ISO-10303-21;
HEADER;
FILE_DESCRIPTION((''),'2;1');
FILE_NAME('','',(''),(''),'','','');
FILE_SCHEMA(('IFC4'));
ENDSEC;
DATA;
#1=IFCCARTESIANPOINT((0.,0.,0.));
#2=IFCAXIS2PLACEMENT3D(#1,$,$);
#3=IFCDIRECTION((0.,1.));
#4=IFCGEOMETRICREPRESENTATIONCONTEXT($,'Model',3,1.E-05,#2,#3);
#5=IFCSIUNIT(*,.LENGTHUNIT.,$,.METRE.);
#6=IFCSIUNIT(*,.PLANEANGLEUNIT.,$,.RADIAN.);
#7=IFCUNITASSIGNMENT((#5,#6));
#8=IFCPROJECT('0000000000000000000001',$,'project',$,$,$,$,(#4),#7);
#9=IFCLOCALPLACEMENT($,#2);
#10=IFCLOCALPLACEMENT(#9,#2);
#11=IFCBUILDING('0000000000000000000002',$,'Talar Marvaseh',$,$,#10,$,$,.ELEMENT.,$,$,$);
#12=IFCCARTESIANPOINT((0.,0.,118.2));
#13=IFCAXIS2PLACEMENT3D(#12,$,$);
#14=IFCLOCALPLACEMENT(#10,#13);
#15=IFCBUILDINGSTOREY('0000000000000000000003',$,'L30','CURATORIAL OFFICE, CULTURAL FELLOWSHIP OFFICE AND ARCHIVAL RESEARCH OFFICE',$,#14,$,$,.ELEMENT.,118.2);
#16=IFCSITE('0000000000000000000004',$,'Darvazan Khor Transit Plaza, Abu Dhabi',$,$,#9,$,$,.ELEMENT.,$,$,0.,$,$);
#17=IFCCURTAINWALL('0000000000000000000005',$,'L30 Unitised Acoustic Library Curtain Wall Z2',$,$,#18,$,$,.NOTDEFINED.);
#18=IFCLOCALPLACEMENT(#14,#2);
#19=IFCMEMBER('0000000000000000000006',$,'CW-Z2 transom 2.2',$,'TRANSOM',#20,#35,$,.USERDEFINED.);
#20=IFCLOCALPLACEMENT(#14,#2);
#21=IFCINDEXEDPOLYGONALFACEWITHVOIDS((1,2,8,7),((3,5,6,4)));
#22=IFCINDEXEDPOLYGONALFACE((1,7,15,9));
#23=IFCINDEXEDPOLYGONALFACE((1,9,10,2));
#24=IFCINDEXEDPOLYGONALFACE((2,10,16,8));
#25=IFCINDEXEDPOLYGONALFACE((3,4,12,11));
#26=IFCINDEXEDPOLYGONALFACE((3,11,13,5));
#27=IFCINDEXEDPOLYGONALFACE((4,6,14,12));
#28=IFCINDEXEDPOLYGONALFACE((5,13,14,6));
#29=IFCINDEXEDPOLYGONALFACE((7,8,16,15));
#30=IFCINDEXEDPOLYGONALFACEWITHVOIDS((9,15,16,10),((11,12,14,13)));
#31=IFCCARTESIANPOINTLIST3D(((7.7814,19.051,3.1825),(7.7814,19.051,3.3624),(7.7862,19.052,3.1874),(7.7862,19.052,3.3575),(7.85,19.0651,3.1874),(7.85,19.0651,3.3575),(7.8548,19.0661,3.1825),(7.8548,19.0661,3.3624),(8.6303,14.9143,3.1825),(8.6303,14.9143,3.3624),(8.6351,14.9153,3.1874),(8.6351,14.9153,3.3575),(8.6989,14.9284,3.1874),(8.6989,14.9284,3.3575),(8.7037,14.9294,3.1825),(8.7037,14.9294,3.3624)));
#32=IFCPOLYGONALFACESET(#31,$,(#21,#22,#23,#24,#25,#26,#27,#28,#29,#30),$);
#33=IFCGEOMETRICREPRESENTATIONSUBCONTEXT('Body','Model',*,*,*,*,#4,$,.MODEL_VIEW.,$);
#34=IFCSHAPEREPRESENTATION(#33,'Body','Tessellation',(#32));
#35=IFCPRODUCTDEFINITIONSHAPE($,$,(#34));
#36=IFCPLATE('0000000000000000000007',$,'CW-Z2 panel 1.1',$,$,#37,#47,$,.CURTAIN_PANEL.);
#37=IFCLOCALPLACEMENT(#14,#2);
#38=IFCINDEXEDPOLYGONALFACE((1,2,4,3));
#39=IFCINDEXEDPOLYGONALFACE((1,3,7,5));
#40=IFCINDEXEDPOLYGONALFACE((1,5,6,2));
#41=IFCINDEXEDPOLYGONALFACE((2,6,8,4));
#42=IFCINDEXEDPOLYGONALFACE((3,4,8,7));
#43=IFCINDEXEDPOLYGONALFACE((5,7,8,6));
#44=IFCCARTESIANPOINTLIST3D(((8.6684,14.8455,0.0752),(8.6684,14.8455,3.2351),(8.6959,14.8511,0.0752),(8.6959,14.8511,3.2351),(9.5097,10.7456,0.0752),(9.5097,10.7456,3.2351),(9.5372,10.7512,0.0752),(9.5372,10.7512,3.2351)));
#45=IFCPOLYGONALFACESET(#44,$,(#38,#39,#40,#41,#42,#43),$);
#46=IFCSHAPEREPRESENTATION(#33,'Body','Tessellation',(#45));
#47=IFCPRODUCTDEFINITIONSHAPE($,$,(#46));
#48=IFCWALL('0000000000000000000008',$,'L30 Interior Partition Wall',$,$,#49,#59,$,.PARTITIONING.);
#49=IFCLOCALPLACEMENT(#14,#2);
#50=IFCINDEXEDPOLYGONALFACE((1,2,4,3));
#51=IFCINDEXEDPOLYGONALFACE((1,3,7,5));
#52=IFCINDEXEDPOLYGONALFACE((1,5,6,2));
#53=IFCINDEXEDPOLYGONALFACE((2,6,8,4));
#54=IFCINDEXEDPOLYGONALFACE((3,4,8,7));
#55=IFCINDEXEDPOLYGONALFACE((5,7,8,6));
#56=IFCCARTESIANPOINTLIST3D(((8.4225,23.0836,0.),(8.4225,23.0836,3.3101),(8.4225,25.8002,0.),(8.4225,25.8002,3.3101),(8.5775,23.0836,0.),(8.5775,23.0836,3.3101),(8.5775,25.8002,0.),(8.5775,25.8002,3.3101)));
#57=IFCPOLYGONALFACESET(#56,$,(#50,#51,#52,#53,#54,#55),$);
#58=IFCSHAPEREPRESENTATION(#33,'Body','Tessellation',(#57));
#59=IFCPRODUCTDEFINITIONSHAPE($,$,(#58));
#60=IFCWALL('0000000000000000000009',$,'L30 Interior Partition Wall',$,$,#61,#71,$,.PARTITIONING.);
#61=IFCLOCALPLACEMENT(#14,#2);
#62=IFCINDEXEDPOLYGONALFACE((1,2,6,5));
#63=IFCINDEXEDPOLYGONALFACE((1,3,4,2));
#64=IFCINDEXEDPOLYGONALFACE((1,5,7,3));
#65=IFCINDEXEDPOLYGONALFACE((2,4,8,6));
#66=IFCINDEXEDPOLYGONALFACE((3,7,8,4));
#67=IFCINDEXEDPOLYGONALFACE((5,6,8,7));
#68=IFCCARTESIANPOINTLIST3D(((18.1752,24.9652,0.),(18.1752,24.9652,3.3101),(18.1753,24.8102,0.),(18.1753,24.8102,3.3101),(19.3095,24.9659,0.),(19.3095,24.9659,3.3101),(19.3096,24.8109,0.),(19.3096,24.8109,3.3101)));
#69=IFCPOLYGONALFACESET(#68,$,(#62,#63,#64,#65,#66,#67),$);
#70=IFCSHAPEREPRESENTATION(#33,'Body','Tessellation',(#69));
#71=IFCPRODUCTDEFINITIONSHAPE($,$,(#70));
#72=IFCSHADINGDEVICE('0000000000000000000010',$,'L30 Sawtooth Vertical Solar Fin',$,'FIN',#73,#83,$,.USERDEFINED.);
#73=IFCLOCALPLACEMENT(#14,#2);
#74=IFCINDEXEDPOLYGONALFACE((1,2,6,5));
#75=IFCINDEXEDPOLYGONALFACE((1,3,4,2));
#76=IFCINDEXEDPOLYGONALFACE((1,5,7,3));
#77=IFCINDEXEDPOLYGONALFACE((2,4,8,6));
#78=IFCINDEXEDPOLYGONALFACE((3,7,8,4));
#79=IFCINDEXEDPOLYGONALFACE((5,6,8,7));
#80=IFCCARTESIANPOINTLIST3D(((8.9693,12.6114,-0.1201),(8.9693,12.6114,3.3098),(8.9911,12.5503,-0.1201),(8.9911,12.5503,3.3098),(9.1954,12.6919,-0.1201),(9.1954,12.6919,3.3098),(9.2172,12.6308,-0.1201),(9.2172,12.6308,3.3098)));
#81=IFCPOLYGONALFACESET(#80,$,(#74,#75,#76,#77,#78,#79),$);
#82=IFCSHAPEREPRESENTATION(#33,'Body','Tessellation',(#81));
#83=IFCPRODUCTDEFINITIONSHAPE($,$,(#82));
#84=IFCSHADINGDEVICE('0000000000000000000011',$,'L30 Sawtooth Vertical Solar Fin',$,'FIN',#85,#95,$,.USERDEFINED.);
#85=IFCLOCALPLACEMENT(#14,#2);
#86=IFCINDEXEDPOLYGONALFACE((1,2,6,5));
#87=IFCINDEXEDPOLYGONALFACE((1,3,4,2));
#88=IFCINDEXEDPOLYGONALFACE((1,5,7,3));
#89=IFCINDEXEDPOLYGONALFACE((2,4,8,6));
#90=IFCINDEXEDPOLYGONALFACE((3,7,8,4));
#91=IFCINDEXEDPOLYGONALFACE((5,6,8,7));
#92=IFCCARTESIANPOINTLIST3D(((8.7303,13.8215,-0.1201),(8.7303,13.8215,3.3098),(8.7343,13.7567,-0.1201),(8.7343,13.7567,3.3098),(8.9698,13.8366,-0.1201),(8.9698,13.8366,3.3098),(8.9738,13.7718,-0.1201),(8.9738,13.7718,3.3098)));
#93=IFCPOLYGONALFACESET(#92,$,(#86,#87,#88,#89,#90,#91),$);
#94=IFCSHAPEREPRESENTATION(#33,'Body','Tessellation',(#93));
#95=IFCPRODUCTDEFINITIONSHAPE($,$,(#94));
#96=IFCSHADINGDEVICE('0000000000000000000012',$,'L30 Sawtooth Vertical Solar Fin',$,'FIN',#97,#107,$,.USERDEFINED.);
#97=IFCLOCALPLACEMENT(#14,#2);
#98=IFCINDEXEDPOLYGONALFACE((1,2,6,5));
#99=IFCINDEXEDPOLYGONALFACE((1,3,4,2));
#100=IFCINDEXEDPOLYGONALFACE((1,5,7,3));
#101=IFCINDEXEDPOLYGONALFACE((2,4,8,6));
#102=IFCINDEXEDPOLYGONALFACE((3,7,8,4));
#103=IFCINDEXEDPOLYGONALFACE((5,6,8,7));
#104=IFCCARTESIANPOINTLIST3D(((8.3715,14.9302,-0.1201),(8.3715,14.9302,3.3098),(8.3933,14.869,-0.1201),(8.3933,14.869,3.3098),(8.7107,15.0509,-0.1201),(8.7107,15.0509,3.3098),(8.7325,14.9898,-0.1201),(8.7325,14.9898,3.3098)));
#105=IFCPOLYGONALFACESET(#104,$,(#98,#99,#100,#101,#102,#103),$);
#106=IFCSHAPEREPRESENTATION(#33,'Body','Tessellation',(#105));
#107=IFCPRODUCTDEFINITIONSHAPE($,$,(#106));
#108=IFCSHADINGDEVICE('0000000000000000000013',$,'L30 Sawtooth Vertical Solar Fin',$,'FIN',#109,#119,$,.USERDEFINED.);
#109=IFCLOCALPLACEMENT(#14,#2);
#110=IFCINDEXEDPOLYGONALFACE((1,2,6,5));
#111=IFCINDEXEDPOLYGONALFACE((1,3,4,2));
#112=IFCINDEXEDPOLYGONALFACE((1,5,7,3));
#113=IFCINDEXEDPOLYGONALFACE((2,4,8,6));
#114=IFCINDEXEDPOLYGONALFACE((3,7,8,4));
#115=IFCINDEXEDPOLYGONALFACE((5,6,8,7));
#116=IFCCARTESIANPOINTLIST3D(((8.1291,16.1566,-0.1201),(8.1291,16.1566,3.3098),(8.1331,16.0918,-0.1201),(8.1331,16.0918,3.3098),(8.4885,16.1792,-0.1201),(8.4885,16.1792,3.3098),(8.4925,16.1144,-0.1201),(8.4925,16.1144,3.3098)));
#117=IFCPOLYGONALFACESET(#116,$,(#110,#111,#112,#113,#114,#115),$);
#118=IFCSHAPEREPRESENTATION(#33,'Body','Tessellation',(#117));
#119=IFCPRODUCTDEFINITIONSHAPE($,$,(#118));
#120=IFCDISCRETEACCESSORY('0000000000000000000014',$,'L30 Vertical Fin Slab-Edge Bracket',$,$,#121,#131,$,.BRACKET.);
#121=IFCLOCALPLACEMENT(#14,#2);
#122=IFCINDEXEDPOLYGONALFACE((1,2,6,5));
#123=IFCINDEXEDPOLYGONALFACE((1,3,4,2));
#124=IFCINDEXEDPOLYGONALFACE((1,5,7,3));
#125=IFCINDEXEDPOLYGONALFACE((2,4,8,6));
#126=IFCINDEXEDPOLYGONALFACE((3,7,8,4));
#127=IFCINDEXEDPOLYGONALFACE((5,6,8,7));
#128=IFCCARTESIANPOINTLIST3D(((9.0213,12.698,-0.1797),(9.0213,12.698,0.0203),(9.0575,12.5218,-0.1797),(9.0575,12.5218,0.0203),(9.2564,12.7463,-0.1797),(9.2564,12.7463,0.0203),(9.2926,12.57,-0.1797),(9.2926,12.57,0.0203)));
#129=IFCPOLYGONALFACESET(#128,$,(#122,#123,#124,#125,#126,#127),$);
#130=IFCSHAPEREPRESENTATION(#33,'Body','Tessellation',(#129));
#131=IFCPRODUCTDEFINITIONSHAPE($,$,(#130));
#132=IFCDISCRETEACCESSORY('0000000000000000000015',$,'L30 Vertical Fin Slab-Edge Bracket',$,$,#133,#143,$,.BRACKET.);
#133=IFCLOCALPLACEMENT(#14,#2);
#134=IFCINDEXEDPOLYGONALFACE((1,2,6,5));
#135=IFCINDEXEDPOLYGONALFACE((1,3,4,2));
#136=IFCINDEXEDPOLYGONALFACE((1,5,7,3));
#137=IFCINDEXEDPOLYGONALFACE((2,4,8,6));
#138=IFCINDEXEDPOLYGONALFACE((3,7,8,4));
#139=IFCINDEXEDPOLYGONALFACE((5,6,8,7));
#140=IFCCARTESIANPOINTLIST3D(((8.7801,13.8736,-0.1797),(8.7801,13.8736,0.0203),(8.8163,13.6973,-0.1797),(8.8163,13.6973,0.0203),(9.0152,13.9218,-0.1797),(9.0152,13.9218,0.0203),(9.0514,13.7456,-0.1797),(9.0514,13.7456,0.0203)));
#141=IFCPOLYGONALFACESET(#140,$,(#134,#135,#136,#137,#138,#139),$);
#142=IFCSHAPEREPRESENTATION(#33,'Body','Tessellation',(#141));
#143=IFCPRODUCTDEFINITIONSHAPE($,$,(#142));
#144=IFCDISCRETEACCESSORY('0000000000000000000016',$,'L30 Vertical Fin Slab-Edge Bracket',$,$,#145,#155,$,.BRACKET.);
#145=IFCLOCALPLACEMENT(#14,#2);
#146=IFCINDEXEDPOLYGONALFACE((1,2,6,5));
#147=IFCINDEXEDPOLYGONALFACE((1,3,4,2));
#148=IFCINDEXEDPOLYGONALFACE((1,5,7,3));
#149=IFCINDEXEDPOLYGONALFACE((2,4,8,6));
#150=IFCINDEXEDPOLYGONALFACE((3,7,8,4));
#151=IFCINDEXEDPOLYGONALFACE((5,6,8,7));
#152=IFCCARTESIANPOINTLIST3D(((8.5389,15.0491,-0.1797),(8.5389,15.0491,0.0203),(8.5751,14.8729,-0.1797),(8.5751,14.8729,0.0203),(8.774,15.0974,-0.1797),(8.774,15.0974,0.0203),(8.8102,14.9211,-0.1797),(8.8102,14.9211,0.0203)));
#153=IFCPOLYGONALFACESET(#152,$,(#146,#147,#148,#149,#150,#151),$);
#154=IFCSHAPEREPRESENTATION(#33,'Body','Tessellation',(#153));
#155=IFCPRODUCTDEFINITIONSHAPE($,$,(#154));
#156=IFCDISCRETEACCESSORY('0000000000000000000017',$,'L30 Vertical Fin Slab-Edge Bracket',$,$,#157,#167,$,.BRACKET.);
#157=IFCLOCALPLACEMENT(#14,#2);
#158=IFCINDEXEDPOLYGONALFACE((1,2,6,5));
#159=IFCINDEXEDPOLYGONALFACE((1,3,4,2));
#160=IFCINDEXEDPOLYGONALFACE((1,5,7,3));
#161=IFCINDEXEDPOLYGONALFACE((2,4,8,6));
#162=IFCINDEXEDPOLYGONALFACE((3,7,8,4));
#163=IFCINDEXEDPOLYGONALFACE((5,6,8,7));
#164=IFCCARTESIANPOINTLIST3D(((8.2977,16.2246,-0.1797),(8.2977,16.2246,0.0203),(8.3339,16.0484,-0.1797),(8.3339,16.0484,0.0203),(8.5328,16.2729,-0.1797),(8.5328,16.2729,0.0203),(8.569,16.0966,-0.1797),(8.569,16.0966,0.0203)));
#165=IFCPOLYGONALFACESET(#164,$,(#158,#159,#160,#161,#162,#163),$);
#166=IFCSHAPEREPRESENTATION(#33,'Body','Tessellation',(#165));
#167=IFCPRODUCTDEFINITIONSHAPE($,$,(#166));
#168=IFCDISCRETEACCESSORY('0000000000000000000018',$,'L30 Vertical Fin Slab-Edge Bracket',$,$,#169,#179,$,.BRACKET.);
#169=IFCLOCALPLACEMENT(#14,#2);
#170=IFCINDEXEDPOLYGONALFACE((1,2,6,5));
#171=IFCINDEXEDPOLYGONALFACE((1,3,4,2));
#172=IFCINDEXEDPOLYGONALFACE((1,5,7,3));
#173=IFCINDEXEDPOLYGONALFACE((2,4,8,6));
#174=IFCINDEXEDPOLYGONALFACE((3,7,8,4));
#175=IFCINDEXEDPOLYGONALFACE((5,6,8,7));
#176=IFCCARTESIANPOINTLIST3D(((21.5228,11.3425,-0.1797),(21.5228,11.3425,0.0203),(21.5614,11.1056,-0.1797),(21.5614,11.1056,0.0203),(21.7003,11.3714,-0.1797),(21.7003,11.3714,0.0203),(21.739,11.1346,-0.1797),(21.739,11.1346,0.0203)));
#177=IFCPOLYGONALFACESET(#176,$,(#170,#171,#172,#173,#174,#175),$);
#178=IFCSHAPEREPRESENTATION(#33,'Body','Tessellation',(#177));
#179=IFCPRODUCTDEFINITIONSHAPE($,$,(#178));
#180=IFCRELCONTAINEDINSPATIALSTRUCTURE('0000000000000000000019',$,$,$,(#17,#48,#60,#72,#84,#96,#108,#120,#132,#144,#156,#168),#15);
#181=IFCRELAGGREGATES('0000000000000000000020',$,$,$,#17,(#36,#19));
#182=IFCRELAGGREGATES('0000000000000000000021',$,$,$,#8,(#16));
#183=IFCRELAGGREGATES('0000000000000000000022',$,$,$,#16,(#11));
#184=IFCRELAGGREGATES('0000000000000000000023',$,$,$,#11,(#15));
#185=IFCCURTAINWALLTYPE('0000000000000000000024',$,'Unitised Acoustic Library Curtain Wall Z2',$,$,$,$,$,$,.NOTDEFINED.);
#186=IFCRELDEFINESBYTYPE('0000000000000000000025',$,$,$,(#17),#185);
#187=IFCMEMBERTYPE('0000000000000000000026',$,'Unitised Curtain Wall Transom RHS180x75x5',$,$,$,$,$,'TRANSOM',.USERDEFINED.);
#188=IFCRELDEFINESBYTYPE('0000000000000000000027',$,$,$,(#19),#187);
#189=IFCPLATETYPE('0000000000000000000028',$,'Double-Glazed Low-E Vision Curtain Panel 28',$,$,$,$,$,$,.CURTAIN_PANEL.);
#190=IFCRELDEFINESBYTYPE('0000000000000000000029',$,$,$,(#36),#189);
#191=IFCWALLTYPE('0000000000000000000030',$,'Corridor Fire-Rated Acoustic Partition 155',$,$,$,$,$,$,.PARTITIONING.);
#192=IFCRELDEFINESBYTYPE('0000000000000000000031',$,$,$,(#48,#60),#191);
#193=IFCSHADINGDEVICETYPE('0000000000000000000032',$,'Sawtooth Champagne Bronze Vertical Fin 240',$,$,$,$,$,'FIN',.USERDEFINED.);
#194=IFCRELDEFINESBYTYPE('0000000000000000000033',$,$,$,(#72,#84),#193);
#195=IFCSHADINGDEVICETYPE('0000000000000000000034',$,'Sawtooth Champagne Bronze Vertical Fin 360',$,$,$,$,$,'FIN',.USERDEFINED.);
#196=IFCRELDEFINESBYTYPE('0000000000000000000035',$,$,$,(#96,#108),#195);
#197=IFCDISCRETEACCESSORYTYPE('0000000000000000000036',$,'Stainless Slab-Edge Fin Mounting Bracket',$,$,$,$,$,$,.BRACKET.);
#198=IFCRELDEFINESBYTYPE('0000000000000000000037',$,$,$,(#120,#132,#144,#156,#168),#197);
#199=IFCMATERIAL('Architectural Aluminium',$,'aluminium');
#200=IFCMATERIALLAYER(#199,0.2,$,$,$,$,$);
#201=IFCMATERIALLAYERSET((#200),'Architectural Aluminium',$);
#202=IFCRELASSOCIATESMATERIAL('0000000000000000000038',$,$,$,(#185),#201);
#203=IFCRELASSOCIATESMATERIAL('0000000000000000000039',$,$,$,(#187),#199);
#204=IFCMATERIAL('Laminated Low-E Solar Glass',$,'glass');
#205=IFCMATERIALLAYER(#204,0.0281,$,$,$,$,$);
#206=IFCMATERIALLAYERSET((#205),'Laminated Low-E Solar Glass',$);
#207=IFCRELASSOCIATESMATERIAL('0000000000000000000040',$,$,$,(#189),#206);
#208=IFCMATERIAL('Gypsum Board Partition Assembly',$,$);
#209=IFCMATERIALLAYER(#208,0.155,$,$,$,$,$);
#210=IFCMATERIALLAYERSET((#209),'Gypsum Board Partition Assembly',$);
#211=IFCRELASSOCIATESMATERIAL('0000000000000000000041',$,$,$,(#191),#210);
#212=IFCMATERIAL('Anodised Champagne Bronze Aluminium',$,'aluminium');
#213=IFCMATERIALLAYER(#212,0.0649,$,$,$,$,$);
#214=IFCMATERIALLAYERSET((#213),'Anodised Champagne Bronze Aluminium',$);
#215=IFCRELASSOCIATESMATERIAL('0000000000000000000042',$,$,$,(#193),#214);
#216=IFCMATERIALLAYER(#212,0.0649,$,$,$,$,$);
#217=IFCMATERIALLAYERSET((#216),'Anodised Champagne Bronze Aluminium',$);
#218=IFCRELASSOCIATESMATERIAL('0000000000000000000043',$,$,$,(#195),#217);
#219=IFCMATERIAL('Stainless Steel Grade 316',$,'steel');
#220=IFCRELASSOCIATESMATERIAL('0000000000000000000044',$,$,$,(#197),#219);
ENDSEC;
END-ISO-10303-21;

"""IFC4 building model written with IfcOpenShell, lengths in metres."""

from ifc_helpers import new_model, si_unit, direction, frame, frame_2d, origin, origin_2d, place, context, subcontext, project, spatial, rectangle, hollow_rectangle, extrude, source, transform, mapped, material, layer, layer_set, material_profile, profile_set, type_object, type_shapes, element, aggregate, save


model = new_model("IFC4")

# Units and contexts
model_context = context("Model", 3, precision=1e-05, world=origin(), true_north=direction((0.0, 1.0)))
body_context = subcontext(model_context, "Body", "Model", "MODEL_VIEW")
ifc_project = project(units=[si_unit("LENGTHUNIT", "METRE"), si_unit("PLANEANGLEUNIT", "RADIAN")], contexts=[model_context])

# Site, building, storey
site_placement = place(None, origin())
site = spatial("IfcSite", under=ifc_project, at=site_placement, Name="Darvazan Khor Transit Plaza, Abu Dhabi", CompositionType="ELEMENT", RefElevation=0.0)
building_placement = place(site_placement, origin())
building = spatial("IfcBuilding", under=site, at=building_placement, Name="Talar Marvaseh", CompositionType="ELEMENT")
storey_placement = place(building_placement, frame((0.0, 0.0, 118.2)))
storey = spatial("IfcBuildingStorey", under=building, at=storey_placement, Name="L30", Description="CURATORIAL OFFICE, CULTURAL FELLOWSHIP OFFICE AND ARCHIVAL RESEARCH OFFICE", CompositionType="ELEMENT", Elevation=118.2)

# Curtain wall, member, plate
ifc_material_1 = material(Name="Architectural Aluminium", Category="aluminium")
ifc_layer_1 = layer(ifc_material_1, 0.2)
ifc_layer_set_1 = layer_set([ifc_layer_1], Name="Architectural Aluminium")
curtain_wall_type = type_object("IfcCurtainWallType", Name="Unitised Acoustic Library Curtain Wall Z2", PredefinedType="NOTDEFINED", material=ifc_layer_set_1)
curtain_wall_placement = place(storey_placement, origin())
curtain_wall = element("IfcCurtainWall", 1, at=curtain_wall_placement, inside=storey, type_object=curtain_wall_type, Name="L30 Unitised Acoustic Library Curtain Wall Z2", PredefinedType="NOTDEFINED")
ifc_material_profile_1 = material_profile(ifc_material_1, hollow_rectangle(XDim=0.075, YDim=0.1799, WallThickness=0.0049, at=origin_2d()), Name="RHS180x75x5")
ifc_profile_set_1 = profile_set([ifc_material_profile_1], Name="Architectural Aluminium")
member_type_1 = type_object("IfcMemberType", Name="Unitised Curtain Wall Transom RHS180x75x5", ElementType="TRANSOM", PredefinedType="USERDEFINED", material=ifc_profile_set_1)
shared_shape_1 = source(origin(), body_context, "Body", "SweptSolid", [
    extrude(hollow_rectangle(XDim=0.075, YDim=0.1799, WallThickness=0.0049, at=origin_2d()), origin(), (0.0, 0.0, 1.0), 4.2229),
])
type_shapes(member_type_1, [shared_shape_1])
member_1_placement = place(storey_placement, frame((8.667, 14.9219, 3.2725), z_axis=(-0.201017, 0.979588, 0.0), x_axis=(-0.979588, -0.201017, 0.0)))
member_1 = element("IfcMember", 2, at=member_1_placement, type_object=member_type_1, Name="CW-Z2 transom 2.2", ObjectType="TRANSOM", PredefinedType="USERDEFINED", context=body_context, shape_type="MappedRepresentation", body=[
    mapped(shared_shape_1, transform((0.0, 0.0, 0.0), x_axis=(1.0, 0.0, 0.0), y_axis=(0.0, 1.0, 0.0), z_axis=(0.0, 0.0, 1.0), scale=1.0)),
])
ifc_material_2 = material(Name="Laminated Low-E Solar Glass", Category="glass")
ifc_layer_2 = layer(ifc_material_2, 0.0281)
ifc_layer_set_2 = layer_set([ifc_layer_2], Name="Laminated Low-E Solar Glass")
plate_type = type_object("IfcPlateType", Name="Double-Glazed Low-E Vision Curtain Panel 28", PredefinedType="CURTAIN_PANEL", material=ifc_layer_set_2)
shared_shape_2 = source(origin(), body_context, "Body", "SweptSolid", [
    extrude(rectangle(XDim=4.1853, YDim=0.0281, at=origin_2d()), origin(), (0.0, 0.0, 1.0), 3.1599),
])
type_shapes(plate_type, [shared_shape_2])
plate_placement = place(storey_placement, frame((9.1028, 12.7983, 0.0752), z_axis=(0.0, 0.0, 1.0), x_axis=(-0.201011, 0.979589, 0.0)))
plate = element("IfcPlate", 3, at=plate_placement, type_object=plate_type, Name="CW-Z2 panel 1.1", PredefinedType="CURTAIN_PANEL", context=body_context, shape_type="MappedRepresentation", body=[
    mapped(shared_shape_2, transform((0.0, 0.0, 0.0), x_axis=(1.0, 0.0, 0.0), y_axis=(0.0, 1.0, 0.0), z_axis=(0.0, 0.0, 1.0), scale=1.0)),
])
aggregate(curtain_wall, [plate, member_1])

# Walls
ifc_material_3 = material(Name="Gypsum Board Partition Assembly")
ifc_layer_3 = layer(ifc_material_3, 0.155)
ifc_layer_set_3 = layer_set([ifc_layer_3], Name="Gypsum Board Partition Assembly")
wall_type = type_object("IfcWallType", Name="Corridor Fire-Rated Acoustic Partition 155", PredefinedType="PARTITIONING", material=ifc_layer_set_3)
wall_1_placement = place(storey_placement, frame((8.5, 23.0835, 0.0), z_axis=(0.0, 0.0, 1.0), x_axis=(0.0, 1.0, 0.0)))
element("IfcWall", 4, at=wall_1_placement, inside=storey, type_object=wall_type, Name="L30 Interior Partition Wall", PredefinedType="PARTITIONING", context=body_context, shape_type="SweptSolid", body=[
    extrude(rectangle(XDim=2.7166, YDim=0.155, at=frame_2d((1.3584, 0.0))), origin(), (0.0, 0.0, 1.0), 3.3101),
])
wall_2_placement = place(storey_placement, frame((18.1753, 24.8877, 0.0), z_axis=(0.0, 0.0, 1.0), x_axis=(1.0, 0.000646, 0.0)))
element("IfcWall", 5, at=wall_2_placement, inside=storey, type_object=wall_type, Name="L30 Interior Partition Wall", PredefinedType="PARTITIONING", context=body_context, shape_type="SweptSolid", body=[
    extrude(rectangle(XDim=1.1343, YDim=0.155, at=frame_2d((0.5671, 0.0))), origin(), (0.0, 0.0, 1.0), 3.3101),
])

# Shading devices
ifc_material_4 = material(Name="Anodised Champagne Bronze Aluminium", Category="aluminium")
ifc_layer_4 = layer(ifc_material_4, 0.0649)
ifc_layer_set_4 = layer_set([ifc_layer_4], Name="Anodised Champagne Bronze Aluminium")
shading_device_type_1 = type_object("IfcShadingDeviceType", Name="Sawtooth Champagne Bronze Vertical Fin 240", ElementType="FIN", PredefinedType="USERDEFINED", material=ifc_layer_set_4)
shared_shape_3 = source(origin(), body_context, "Body", "SweptSolid", [
    extrude(rectangle(XDim=0.24, YDim=0.0649, at=origin_2d()), origin(), (0.0, 0.0, 1.0), 3.4299),
])
type_shapes(shading_device_type_1, [shared_shape_3])
for number, where, z_axis, x_axis, name in (
    (6, (9.0933, 12.6211, -0.1201), (0.0, 0.0, 1.0), (-0.942057, -0.335452, 0.0), "L30 Sawtooth Vertical Solar Fin"),
    (7, (8.8521, 13.7966, -0.1201), (0.0, 0.0, 1.0), (-0.998027, -0.062791, 0.0), "L30 Sawtooth Vertical Solar Fin"),
):
    element("IfcShadingDevice", number, at=place(storey_placement, frame(where, z_axis=z_axis, x_axis=x_axis)), inside=storey, type_object=shading_device_type_1, Name=name, ObjectType="FIN", PredefinedType="USERDEFINED", context=body_context, shape_type="MappedRepresentation", body=[
        mapped(shared_shape_3, transform((0.0, 0.0, 0.0), x_axis=(1.0, 0.0, 0.0), y_axis=(0.0, 1.0, 0.0), z_axis=(0.0, 0.0, 1.0), scale=1.0)),
    ])
ifc_layer_5 = layer(ifc_material_4, 0.0649)
ifc_layer_set_5 = layer_set([ifc_layer_5], Name="Anodised Champagne Bronze Aluminium")
shading_device_type_2 = type_object("IfcShadingDeviceType", Name="Sawtooth Champagne Bronze Vertical Fin 360", ElementType="FIN", PredefinedType="USERDEFINED", material=ifc_layer_set_5)
shared_shape_4 = source(origin(), body_context, "Body", "SweptSolid", [
    extrude(rectangle(XDim=0.3601, YDim=0.0649, at=origin_2d()), origin(), (0.0, 0.0, 1.0), 3.4299),
])
type_shapes(shading_device_type_2, [shared_shape_4])
for number, where, z_axis, x_axis, name in (
    (8, (8.552, 14.96, -0.1201), (0.0, 0.0, 1.0), (-0.942057, -0.335452, 0.0), "L30 Sawtooth Vertical Solar Fin"),
    (9, (8.3108, 16.1355, -0.1201), (0.0, 0.0, 1.0), (-0.998027, -0.062791, 0.0), "L30 Sawtooth Vertical Solar Fin"),
):
    element("IfcShadingDevice", number, at=place(storey_placement, frame(where, z_axis=z_axis, x_axis=x_axis)), inside=storey, type_object=shading_device_type_2, Name=name, ObjectType="FIN", PredefinedType="USERDEFINED", context=body_context, shape_type="MappedRepresentation", body=[
        mapped(shared_shape_4, transform((0.0, 0.0, 0.0), x_axis=(1.0, 0.0, 0.0), y_axis=(0.0, 1.0, 0.0), z_axis=(0.0, 0.0, 1.0), scale=1.0)),
    ])

# Discrete accessories
ifc_material_5 = material(Name="Stainless Steel Grade 316", Category="steel")
discrete_accessory_type = type_object("IfcDiscreteAccessoryType", Name="Stainless Slab-Edge Fin Mounting Bracket", PredefinedType="BRACKET", material=ifc_material_5)
shared_shape_5 = source(origin(), body_context, "Body", "SweptSolid", [
    extrude(rectangle(XDim=0.24, YDim=0.1799, at=origin_2d()), origin(), (0.0, 0.0, 1.0), 0.2),
])
type_shapes(discrete_accessory_type, [shared_shape_5])
for number, where, z_axis, x_axis, name in (
    (10, (9.157, 12.634, -0.1797), (0.0, 0.0, 1.0), (-0.979575, -0.201078, 0.0), "L30 Vertical Fin Slab-Edge Bracket"),
    (11, (8.9158, 13.8096, -0.1797), (0.0, 0.0, 1.0), (-0.979575, -0.201078, 0.0), "L30 Vertical Fin Slab-Edge Bracket"),
    (12, (8.6746, 14.9851, -0.1797), (0.0, 0.0, 1.0), (-0.979575, -0.201078, 0.0), "L30 Vertical Fin Slab-Edge Bracket"),
    (13, (8.4333, 16.1606, -0.1797), (0.0, 0.0, 1.0), (-0.979575, -0.201078, 0.0), "L30 Vertical Fin Slab-Edge Bracket"),
    (14, (21.6309, 11.2385, -0.1797), (0.0, 0.0, 1.0), (0.160915, -0.986968, 0.0), "L30 Vertical Fin Slab-Edge Bracket"),
):
    element("IfcDiscreteAccessory", number, at=place(storey_placement, frame(where, z_axis=z_axis, x_axis=x_axis)), inside=storey, type_object=discrete_accessory_type, Name=name, PredefinedType="BRACKET", context=body_context, shape_type="MappedRepresentation", body=[
        mapped(shared_shape_5, transform((0.0, 0.0, 0.0), x_axis=(1.0, 0.0, 0.0), y_axis=(0.0, 1.0, 0.0), z_axis=(0.0, 0.0, 1.0), scale=1.0)),
    ])

save(model, "model.ifc")
